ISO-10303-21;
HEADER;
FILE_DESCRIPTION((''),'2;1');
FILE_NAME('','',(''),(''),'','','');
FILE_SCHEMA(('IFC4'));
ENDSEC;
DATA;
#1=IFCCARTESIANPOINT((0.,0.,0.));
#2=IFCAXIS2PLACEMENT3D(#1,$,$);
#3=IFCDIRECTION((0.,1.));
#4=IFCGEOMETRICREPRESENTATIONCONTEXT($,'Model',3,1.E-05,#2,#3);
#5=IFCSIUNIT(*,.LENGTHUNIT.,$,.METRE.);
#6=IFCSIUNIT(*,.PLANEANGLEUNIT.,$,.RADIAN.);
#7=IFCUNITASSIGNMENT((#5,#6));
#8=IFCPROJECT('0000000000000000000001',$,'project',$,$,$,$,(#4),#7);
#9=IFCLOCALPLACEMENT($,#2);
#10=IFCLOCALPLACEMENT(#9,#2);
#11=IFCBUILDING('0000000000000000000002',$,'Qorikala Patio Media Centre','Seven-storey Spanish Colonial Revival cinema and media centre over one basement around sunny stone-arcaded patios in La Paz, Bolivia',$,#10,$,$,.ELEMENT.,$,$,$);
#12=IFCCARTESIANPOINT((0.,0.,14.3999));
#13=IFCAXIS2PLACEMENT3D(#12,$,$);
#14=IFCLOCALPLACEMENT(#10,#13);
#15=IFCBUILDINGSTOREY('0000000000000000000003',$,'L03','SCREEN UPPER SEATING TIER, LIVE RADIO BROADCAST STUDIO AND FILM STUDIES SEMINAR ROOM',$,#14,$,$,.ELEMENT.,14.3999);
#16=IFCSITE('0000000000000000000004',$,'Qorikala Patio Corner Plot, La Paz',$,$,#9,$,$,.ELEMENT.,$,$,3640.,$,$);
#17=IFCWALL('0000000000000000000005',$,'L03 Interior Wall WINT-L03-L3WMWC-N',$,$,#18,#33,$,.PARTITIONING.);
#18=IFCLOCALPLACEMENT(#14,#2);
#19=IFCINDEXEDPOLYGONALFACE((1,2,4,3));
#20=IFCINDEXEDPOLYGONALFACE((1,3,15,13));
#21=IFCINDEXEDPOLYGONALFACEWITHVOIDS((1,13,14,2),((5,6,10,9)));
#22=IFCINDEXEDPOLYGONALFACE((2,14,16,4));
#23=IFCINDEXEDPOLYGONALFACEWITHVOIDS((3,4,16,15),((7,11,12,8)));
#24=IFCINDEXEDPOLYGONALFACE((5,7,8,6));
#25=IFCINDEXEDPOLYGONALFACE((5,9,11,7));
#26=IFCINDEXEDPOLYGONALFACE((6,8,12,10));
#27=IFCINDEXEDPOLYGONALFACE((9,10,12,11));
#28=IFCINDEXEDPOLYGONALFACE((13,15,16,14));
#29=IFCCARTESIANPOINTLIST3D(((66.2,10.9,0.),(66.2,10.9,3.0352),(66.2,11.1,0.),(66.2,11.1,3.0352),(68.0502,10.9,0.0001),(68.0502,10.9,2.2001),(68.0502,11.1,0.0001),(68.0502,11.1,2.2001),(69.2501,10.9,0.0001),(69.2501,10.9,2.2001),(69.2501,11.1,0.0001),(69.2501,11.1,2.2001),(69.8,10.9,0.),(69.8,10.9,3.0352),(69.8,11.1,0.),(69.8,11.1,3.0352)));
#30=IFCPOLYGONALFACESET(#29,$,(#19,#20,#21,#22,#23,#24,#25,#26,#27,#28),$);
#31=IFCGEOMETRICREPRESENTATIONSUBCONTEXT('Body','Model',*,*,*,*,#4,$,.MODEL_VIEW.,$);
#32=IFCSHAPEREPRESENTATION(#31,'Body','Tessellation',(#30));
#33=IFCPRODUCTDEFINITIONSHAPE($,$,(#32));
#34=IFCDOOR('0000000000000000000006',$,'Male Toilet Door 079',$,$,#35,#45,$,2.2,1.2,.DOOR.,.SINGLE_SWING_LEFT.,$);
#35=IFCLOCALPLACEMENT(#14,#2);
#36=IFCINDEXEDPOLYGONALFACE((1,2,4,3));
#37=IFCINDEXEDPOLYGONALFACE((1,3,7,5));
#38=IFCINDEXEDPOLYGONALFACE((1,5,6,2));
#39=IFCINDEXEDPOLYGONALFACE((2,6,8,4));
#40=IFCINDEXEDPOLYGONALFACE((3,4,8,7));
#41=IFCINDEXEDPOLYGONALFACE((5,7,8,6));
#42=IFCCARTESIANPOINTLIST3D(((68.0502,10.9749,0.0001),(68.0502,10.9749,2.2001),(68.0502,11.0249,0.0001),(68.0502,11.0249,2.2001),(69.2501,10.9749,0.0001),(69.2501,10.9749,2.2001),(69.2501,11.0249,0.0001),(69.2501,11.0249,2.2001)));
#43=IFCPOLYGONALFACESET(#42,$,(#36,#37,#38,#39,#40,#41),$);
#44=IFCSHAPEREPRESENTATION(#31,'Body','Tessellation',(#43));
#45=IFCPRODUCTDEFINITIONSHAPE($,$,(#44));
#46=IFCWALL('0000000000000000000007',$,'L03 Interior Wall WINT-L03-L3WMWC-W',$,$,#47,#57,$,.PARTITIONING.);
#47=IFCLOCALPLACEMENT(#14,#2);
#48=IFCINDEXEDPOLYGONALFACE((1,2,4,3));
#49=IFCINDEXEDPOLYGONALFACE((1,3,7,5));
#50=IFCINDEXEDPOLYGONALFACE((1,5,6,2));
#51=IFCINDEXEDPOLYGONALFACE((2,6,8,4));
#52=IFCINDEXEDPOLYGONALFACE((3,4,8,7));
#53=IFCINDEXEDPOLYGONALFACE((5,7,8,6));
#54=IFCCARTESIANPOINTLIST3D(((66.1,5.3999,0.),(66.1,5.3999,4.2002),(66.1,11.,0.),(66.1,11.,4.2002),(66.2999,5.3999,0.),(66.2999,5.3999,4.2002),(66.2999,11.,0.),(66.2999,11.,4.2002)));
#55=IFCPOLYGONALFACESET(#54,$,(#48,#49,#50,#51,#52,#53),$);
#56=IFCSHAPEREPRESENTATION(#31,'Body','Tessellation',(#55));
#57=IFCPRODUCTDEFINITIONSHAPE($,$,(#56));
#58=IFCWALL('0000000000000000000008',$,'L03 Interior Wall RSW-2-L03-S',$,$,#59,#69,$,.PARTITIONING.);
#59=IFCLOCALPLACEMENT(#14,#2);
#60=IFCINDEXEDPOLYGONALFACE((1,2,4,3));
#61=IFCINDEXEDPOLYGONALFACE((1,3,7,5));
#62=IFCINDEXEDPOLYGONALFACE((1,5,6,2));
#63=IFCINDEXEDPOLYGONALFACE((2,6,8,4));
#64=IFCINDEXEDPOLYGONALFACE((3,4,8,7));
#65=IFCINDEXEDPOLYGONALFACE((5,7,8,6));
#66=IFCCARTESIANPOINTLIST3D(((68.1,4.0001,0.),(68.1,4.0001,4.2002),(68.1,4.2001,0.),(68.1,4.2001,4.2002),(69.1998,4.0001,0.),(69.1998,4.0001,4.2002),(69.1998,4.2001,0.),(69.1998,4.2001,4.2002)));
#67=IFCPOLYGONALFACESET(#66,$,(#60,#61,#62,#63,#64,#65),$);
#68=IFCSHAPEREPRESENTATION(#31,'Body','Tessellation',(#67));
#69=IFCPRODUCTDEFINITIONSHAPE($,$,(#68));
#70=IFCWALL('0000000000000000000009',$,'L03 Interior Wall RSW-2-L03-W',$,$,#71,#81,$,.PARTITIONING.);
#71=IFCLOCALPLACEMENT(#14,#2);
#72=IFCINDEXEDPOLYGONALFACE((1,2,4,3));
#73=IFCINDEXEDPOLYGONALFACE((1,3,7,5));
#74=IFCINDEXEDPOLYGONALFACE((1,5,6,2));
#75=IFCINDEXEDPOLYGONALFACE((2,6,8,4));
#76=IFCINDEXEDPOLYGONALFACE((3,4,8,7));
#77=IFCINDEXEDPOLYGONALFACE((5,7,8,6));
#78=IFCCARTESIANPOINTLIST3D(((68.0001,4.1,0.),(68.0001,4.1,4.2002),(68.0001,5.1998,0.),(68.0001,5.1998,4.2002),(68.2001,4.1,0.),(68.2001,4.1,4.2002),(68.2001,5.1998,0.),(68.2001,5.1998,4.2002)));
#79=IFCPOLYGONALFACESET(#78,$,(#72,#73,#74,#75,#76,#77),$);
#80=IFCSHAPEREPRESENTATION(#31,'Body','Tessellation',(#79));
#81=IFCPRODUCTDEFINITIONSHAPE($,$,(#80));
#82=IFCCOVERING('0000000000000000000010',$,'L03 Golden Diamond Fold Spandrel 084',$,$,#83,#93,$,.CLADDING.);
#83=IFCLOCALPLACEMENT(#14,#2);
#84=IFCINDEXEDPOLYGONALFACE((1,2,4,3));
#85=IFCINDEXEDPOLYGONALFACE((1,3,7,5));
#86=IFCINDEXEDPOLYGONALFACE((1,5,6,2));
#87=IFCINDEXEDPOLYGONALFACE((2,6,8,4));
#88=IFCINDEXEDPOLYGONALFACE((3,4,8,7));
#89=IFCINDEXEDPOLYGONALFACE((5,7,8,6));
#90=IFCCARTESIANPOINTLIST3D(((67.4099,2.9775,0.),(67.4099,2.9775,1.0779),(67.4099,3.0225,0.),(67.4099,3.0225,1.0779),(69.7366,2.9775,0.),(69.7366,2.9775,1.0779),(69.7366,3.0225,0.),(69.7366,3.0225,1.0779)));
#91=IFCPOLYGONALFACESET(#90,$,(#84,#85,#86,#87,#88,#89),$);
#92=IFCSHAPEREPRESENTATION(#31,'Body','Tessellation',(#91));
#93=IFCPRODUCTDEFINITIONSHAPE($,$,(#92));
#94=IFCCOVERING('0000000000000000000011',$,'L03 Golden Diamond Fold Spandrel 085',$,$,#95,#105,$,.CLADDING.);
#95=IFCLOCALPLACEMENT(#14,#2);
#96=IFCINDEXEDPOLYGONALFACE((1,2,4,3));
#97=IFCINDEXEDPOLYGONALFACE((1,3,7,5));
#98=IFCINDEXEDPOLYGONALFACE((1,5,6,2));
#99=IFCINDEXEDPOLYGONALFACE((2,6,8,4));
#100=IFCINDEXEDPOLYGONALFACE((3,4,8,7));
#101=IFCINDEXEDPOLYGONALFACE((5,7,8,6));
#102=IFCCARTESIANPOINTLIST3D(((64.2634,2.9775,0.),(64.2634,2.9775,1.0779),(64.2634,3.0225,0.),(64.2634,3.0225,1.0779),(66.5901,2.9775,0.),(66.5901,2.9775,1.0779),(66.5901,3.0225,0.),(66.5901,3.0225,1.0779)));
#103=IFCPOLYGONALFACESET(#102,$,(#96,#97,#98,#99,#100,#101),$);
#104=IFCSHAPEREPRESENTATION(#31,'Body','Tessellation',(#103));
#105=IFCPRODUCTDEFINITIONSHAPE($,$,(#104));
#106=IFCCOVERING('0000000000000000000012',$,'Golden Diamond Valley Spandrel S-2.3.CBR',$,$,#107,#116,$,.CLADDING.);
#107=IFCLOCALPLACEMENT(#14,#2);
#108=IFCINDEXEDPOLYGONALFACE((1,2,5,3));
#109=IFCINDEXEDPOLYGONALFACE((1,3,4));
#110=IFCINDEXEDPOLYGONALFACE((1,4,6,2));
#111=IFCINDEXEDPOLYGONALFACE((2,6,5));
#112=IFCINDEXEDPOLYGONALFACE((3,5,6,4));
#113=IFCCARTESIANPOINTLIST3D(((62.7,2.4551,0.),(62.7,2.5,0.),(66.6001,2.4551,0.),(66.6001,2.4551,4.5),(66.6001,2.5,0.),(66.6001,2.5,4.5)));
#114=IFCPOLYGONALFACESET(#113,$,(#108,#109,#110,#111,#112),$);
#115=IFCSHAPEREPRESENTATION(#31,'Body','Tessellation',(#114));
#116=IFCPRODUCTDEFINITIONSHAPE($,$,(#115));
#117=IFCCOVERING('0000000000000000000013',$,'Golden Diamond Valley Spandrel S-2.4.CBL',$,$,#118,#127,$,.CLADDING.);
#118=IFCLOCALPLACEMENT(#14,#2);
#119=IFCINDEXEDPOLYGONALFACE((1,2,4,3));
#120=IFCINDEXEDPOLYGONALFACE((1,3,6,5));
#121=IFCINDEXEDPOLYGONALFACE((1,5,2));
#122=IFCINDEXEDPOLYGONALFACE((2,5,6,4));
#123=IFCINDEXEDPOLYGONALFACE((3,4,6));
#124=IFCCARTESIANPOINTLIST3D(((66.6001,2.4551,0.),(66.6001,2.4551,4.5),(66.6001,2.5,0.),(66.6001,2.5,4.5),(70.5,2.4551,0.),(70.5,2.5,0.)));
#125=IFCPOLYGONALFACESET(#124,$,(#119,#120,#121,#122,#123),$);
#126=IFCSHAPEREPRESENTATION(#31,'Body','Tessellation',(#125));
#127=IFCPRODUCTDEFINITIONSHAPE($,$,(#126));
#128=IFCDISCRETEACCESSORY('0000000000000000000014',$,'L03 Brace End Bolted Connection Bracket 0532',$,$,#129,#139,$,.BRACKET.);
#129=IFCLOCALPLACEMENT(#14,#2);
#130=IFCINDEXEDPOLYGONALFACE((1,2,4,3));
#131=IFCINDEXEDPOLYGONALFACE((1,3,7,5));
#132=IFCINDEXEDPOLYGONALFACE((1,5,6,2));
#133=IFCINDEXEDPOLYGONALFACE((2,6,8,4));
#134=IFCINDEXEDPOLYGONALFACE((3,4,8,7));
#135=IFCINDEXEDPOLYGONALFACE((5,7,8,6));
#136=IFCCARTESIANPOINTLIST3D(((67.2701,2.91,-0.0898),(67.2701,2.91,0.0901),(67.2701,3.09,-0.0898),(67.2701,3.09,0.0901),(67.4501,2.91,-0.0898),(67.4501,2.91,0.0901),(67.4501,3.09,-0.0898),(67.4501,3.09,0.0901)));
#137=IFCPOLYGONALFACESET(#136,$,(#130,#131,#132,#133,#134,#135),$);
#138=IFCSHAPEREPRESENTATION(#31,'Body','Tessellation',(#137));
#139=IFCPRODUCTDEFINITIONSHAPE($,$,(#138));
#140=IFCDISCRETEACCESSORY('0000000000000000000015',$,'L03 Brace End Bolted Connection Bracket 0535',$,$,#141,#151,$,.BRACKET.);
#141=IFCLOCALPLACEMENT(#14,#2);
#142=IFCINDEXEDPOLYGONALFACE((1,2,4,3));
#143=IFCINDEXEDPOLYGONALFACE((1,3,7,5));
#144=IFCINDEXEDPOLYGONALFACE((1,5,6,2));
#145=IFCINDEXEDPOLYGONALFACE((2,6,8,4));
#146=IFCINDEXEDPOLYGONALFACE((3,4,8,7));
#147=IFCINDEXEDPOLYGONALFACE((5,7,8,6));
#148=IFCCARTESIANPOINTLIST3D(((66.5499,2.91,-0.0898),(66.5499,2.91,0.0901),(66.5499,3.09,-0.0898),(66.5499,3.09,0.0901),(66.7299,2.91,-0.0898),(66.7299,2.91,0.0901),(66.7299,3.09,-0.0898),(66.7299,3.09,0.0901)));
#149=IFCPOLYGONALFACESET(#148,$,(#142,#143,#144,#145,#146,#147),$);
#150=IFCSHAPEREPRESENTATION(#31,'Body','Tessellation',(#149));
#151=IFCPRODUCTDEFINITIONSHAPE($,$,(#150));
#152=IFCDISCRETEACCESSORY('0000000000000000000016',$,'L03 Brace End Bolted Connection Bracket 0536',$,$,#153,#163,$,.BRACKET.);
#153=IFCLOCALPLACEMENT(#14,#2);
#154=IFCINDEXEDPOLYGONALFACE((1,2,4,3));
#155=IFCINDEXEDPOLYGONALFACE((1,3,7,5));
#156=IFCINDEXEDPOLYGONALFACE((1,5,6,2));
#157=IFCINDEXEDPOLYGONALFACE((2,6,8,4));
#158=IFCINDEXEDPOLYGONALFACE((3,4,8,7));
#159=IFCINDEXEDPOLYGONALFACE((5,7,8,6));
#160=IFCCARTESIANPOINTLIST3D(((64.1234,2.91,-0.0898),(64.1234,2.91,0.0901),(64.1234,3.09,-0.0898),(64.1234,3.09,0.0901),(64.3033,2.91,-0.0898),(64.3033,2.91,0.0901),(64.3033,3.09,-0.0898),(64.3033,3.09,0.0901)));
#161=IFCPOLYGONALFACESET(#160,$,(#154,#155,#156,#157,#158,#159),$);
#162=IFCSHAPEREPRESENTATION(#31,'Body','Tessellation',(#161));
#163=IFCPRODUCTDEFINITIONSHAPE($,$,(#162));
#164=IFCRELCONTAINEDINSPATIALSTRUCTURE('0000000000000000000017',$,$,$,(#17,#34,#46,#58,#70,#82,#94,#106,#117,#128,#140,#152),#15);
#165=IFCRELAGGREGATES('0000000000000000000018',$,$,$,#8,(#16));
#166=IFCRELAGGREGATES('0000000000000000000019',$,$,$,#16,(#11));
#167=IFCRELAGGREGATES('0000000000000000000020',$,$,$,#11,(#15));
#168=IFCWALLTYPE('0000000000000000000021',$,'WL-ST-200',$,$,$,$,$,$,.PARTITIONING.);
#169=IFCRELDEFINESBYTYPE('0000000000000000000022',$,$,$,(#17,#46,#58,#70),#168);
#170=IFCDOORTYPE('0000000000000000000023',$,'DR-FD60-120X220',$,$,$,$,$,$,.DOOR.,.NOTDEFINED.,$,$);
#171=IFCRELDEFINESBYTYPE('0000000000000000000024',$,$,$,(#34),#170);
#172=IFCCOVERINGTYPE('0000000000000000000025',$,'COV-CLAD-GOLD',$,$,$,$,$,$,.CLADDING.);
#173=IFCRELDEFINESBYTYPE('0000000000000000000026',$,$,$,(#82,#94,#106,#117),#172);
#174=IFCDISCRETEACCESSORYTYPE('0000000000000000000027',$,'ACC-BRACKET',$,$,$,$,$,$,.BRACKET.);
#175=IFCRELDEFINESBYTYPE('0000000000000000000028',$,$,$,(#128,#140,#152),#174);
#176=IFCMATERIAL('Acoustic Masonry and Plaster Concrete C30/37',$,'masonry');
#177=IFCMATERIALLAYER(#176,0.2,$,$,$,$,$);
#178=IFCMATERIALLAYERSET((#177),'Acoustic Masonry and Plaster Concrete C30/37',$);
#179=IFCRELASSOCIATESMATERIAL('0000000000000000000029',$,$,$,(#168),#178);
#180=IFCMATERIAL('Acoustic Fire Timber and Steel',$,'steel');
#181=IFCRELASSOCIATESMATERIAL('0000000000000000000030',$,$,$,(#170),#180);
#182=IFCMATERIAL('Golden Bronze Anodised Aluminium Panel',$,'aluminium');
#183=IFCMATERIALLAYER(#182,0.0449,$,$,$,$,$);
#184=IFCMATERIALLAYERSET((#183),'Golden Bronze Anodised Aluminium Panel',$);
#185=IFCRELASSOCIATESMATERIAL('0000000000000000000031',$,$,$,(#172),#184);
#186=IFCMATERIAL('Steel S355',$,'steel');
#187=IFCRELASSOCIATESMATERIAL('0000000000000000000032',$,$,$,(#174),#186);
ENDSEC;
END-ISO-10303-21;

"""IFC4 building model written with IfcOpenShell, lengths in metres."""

from ifc_helpers import new_model, si_unit, direction, frame, frame_2d, origin, origin_2d, place, context, subcontext, project, spatial, polyline, rectangle, outline, extrude, material, layer, layer_set, type_object, element, fill, save


model = new_model("IFC4")

# Units and contexts
model_context = context("Model", 3, precision=1e-05, world=origin(), true_north=direction((0.0, 1.0)))
body_context = subcontext(model_context, "Body", "Model", "MODEL_VIEW")
ifc_project = project(units=[si_unit("LENGTHUNIT", "METRE"), si_unit("PLANEANGLEUNIT", "RADIAN")], contexts=[model_context])

# Site, building, storey
site_placement = place(None, origin())
site = spatial("IfcSite", under=ifc_project, at=site_placement, Name="Qorikala Patio Corner Plot, La Paz", CompositionType="ELEMENT", RefElevation=3640.0)
building_placement = place(site_placement, origin())
building = spatial("IfcBuilding", under=site, at=building_placement, Name="Qorikala Patio Media Centre", Description="Seven-storey Spanish Colonial Revival cinema and media centre over one basement around sunny stone-arcaded patios in La Paz, Bolivia", CompositionType="ELEMENT")
storey_placement = place(building_placement, frame((0.0, 0.0, 14.3999)))
storey = spatial("IfcBuildingStorey", under=building, at=storey_placement, Name="L03", Description="SCREEN UPPER SEATING TIER, LIVE RADIO BROADCAST STUDIO AND FILM STUDIES SEMINAR ROOM", CompositionType="ELEMENT", Elevation=14.3999)

# Shared definitions
ifc_material_1 = material(Name="Acoustic Masonry and Plaster Concrete C30/37", Category="masonry")
ifc_layer_1 = layer(ifc_material_1, 0.2)
ifc_layer_set_1 = layer_set([ifc_layer_1], Name="Acoustic Masonry and Plaster Concrete C30/37")
wall_type = type_object("IfcWallType", Name="WL-ST-200", PredefinedType="PARTITIONING", material=ifc_layer_set_1)

# Wall, opening, door
wall_1_placement = place(storey_placement, frame((66.2, 11.0, 0.0), z_axis=(0.0, 0.0, 1.0), x_axis=(1.0, 0.0, 0.0)))
wall_1 = element("IfcWall", 1, at=wall_1_placement, inside=storey, type_object=wall_type, Name="L03 Interior Wall WINT-L03-L3WMWC-N", PredefinedType="PARTITIONING", context=body_context, shape_type="SweptSolid", body=[
    extrude(rectangle(XDim=3.6001, YDim=0.2, at=frame_2d((1.8, 0.0))), origin(), (0.0, 0.0, 1.0), 3.0352),
])
opening_placement = place(wall_1_placement, frame((1.8501, 0.0, 0.0)))
opening = element("IfcOpeningElement", 2, at=opening_placement, cuts=wall_1, PredefinedType="OPENING", context=body_context, shape_type="SweptSolid", body=[
    extrude(rectangle(XDim=1.2, YDim=2.2, at=frame_2d((0.6001, 1.1001))), frame((0.0, 0.1099, 0.0), z_axis=(0.0, -1.0, 0.0), x_axis=(1.0, 0.0, 0.0)), (0.0, 0.0, 1.0), 0.22),
])
ifc_material_2 = material(Name="Acoustic Fire Timber and Steel", Category="steel")
door_type = type_object("IfcDoorType", Name="DR-FD60-120X220", OperationType="NOTDEFINED", PredefinedType="DOOR", material=ifc_material_2)
door_placement = place(opening_placement, origin())
door = element("IfcDoor", 3, at=door_placement, inside=storey, type_object=door_type, Name="Male Toilet Door 079", OperationType="SINGLE_SWING_LEFT", OverallHeight=2.2, OverallWidth=1.2, PredefinedType="DOOR", context=body_context, shape_type="SweptSolid", body=[
    extrude(rectangle(XDim=1.2, YDim=2.2, at=frame_2d((0.6001, 1.1001))), frame((0.0, 0.0249, 0.0), z_axis=(0.0, -1.0, 0.0), x_axis=(1.0, 0.0, 0.0)), (0.0, 0.0, 1.0), 0.05),
])
fill(opening, door)

# Walls
wall_2_placement = place(storey_placement, frame((66.2, 5.3999, 0.0), z_axis=(0.0, 0.0, 1.0), x_axis=(0.0, 1.0, 0.0)))
element("IfcWall", 4, at=wall_2_placement, inside=storey, type_object=wall_type, Name="L03 Interior Wall WINT-L03-L3WMWC-W", PredefinedType="PARTITIONING", context=body_context, shape_type="SweptSolid", body=[
    extrude(rectangle(XDim=5.6001, YDim=0.2, at=frame_2d((2.8, 0.0))), origin(), (0.0, 0.0, 1.0), 4.2002),
])
for number, where, z_axis, x_axis, name in (
    (5, (68.1001, 4.1001, 0.0), (0.0, 0.0, 1.0), (1.0, 0.0, 0.0), "L03 Interior Wall RSW-2-L03-S"),
    (6, (68.1001, 4.1001, 0.0), (0.0, 0.0, 1.0), (0.0, 1.0, 0.0), "L03 Interior Wall RSW-2-L03-W"),
):
    element("IfcWall", number, at=place(storey_placement, frame(where, z_axis=z_axis, x_axis=x_axis)), inside=storey, type_object=wall_type, Name=name, PredefinedType="PARTITIONING", context=body_context, shape_type="SweptSolid", body=[
        extrude(rectangle(XDim=1.0999, YDim=0.2, at=frame_2d((0.5498, 0.0))), origin(), (0.0, 0.0, 1.0), 4.2002),
    ])

# Coverings
ifc_material_3 = material(Name="Golden Bronze Anodised Aluminium Panel", Category="aluminium")
ifc_layer_2 = layer(ifc_material_3, 0.0449)
ifc_layer_set_2 = layer_set([ifc_layer_2], Name="Golden Bronze Anodised Aluminium Panel")
covering_type = type_object("IfcCoveringType", Name="COV-CLAD-GOLD", PredefinedType="CLADDING", material=ifc_layer_set_2)
for number, where, z_axis, x_axis, name in (
    (7, (68.5732, 3.0, 0.0), (0.0, 0.0, 1.0), (-1.0, 0.0, 0.0), "L03 Golden Diamond Fold Spandrel 084"),
    (8, (65.4268, 3.0, 0.0), (0.0, 0.0, 1.0), (-1.0, 0.0, 0.0), "L03 Golden Diamond Fold Spandrel 085"),
):
    element("IfcCovering", number, at=place(storey_placement, frame(where, z_axis=z_axis, x_axis=x_axis)), inside=storey, type_object=covering_type, Name=name, PredefinedType="CLADDING", context=body_context, shape_type="SweptSolid", body=[
        extrude(rectangle(XDim=2.3267, YDim=0.0449, at=origin_2d()), origin(), (0.0, 0.0, 1.0), 1.0779),
    ])
covering_1_placement = place(storey_placement, frame((66.6001, 2.5, 0.0), z_axis=(0.0, 1.0, 0.0), x_axis=(-1.0, 0.0, 0.0)))
element("IfcCovering", 9, at=covering_1_placement, inside=storey, type_object=covering_type, Name="Golden Diamond Valley Spandrel S-2.3.CBR", PredefinedType="CLADDING", context=body_context, shape_type="SweptSolid", body=[
    extrude(outline(polyline([(0.0, 0.0), (3.9001, 0.0), (0.0, 4.5), (0.0, 0.0)])), origin(), (0.0, 0.0, -1.0), 0.0449),
])
covering_2_placement = place(storey_placement, frame((66.6001, 2.5, 0.0), z_axis=(0.0, 1.0, 0.0), x_axis=(0.0, 0.0, 1.0)))
element("IfcCovering", 10, at=covering_2_placement, inside=storey, type_object=covering_type, Name="Golden Diamond Valley Spandrel S-2.4.CBL", PredefinedType="CLADDING", context=body_context, shape_type="SweptSolid", body=[
    extrude(outline(polyline([(0.0, 0.0), (4.5, 0.0), (0.0, 3.8999), (0.0, 0.0)])), origin(), (0.0, 0.0, -1.0), 0.0449),
])

# Discrete accessories
ifc_material_4 = material(Name="Steel S355", Category="steel")
discrete_accessory_type = type_object("IfcDiscreteAccessoryType", Name="ACC-BRACKET", PredefinedType="BRACKET", material=ifc_material_4)
for number, where, z_axis, x_axis, name in (
    (11, (67.3601, 3.0, -0.0898), (0.0, 0.0, 1.0), (1.0, 0.0, 0.0), "L03 Brace End Bolted Connection Bracket 0532"),
    (12, (66.6399, 3.0, -0.0898), (0.0, 0.0, 1.0), (1.0, 0.0, 0.0), "L03 Brace End Bolted Connection Bracket 0535"),
    (13, (64.2134, 3.0, -0.0898), (0.0, 0.0, 1.0), (1.0, 0.0, 0.0), "L03 Brace End Bolted Connection Bracket 0536"),
):
    element("IfcDiscreteAccessory", number, at=place(storey_placement, frame(where, z_axis=z_axis, x_axis=x_axis)), inside=storey, type_object=discrete_accessory_type, Name=name, PredefinedType="BRACKET", context=body_context, shape_type="SweptSolid", body=[
        extrude(rectangle(XDim=0.1799, YDim=0.1799, at=origin_2d()), origin(), (0.0, 0.0, 1.0), 0.1799),
    ])

save(model, "model.ifc")
